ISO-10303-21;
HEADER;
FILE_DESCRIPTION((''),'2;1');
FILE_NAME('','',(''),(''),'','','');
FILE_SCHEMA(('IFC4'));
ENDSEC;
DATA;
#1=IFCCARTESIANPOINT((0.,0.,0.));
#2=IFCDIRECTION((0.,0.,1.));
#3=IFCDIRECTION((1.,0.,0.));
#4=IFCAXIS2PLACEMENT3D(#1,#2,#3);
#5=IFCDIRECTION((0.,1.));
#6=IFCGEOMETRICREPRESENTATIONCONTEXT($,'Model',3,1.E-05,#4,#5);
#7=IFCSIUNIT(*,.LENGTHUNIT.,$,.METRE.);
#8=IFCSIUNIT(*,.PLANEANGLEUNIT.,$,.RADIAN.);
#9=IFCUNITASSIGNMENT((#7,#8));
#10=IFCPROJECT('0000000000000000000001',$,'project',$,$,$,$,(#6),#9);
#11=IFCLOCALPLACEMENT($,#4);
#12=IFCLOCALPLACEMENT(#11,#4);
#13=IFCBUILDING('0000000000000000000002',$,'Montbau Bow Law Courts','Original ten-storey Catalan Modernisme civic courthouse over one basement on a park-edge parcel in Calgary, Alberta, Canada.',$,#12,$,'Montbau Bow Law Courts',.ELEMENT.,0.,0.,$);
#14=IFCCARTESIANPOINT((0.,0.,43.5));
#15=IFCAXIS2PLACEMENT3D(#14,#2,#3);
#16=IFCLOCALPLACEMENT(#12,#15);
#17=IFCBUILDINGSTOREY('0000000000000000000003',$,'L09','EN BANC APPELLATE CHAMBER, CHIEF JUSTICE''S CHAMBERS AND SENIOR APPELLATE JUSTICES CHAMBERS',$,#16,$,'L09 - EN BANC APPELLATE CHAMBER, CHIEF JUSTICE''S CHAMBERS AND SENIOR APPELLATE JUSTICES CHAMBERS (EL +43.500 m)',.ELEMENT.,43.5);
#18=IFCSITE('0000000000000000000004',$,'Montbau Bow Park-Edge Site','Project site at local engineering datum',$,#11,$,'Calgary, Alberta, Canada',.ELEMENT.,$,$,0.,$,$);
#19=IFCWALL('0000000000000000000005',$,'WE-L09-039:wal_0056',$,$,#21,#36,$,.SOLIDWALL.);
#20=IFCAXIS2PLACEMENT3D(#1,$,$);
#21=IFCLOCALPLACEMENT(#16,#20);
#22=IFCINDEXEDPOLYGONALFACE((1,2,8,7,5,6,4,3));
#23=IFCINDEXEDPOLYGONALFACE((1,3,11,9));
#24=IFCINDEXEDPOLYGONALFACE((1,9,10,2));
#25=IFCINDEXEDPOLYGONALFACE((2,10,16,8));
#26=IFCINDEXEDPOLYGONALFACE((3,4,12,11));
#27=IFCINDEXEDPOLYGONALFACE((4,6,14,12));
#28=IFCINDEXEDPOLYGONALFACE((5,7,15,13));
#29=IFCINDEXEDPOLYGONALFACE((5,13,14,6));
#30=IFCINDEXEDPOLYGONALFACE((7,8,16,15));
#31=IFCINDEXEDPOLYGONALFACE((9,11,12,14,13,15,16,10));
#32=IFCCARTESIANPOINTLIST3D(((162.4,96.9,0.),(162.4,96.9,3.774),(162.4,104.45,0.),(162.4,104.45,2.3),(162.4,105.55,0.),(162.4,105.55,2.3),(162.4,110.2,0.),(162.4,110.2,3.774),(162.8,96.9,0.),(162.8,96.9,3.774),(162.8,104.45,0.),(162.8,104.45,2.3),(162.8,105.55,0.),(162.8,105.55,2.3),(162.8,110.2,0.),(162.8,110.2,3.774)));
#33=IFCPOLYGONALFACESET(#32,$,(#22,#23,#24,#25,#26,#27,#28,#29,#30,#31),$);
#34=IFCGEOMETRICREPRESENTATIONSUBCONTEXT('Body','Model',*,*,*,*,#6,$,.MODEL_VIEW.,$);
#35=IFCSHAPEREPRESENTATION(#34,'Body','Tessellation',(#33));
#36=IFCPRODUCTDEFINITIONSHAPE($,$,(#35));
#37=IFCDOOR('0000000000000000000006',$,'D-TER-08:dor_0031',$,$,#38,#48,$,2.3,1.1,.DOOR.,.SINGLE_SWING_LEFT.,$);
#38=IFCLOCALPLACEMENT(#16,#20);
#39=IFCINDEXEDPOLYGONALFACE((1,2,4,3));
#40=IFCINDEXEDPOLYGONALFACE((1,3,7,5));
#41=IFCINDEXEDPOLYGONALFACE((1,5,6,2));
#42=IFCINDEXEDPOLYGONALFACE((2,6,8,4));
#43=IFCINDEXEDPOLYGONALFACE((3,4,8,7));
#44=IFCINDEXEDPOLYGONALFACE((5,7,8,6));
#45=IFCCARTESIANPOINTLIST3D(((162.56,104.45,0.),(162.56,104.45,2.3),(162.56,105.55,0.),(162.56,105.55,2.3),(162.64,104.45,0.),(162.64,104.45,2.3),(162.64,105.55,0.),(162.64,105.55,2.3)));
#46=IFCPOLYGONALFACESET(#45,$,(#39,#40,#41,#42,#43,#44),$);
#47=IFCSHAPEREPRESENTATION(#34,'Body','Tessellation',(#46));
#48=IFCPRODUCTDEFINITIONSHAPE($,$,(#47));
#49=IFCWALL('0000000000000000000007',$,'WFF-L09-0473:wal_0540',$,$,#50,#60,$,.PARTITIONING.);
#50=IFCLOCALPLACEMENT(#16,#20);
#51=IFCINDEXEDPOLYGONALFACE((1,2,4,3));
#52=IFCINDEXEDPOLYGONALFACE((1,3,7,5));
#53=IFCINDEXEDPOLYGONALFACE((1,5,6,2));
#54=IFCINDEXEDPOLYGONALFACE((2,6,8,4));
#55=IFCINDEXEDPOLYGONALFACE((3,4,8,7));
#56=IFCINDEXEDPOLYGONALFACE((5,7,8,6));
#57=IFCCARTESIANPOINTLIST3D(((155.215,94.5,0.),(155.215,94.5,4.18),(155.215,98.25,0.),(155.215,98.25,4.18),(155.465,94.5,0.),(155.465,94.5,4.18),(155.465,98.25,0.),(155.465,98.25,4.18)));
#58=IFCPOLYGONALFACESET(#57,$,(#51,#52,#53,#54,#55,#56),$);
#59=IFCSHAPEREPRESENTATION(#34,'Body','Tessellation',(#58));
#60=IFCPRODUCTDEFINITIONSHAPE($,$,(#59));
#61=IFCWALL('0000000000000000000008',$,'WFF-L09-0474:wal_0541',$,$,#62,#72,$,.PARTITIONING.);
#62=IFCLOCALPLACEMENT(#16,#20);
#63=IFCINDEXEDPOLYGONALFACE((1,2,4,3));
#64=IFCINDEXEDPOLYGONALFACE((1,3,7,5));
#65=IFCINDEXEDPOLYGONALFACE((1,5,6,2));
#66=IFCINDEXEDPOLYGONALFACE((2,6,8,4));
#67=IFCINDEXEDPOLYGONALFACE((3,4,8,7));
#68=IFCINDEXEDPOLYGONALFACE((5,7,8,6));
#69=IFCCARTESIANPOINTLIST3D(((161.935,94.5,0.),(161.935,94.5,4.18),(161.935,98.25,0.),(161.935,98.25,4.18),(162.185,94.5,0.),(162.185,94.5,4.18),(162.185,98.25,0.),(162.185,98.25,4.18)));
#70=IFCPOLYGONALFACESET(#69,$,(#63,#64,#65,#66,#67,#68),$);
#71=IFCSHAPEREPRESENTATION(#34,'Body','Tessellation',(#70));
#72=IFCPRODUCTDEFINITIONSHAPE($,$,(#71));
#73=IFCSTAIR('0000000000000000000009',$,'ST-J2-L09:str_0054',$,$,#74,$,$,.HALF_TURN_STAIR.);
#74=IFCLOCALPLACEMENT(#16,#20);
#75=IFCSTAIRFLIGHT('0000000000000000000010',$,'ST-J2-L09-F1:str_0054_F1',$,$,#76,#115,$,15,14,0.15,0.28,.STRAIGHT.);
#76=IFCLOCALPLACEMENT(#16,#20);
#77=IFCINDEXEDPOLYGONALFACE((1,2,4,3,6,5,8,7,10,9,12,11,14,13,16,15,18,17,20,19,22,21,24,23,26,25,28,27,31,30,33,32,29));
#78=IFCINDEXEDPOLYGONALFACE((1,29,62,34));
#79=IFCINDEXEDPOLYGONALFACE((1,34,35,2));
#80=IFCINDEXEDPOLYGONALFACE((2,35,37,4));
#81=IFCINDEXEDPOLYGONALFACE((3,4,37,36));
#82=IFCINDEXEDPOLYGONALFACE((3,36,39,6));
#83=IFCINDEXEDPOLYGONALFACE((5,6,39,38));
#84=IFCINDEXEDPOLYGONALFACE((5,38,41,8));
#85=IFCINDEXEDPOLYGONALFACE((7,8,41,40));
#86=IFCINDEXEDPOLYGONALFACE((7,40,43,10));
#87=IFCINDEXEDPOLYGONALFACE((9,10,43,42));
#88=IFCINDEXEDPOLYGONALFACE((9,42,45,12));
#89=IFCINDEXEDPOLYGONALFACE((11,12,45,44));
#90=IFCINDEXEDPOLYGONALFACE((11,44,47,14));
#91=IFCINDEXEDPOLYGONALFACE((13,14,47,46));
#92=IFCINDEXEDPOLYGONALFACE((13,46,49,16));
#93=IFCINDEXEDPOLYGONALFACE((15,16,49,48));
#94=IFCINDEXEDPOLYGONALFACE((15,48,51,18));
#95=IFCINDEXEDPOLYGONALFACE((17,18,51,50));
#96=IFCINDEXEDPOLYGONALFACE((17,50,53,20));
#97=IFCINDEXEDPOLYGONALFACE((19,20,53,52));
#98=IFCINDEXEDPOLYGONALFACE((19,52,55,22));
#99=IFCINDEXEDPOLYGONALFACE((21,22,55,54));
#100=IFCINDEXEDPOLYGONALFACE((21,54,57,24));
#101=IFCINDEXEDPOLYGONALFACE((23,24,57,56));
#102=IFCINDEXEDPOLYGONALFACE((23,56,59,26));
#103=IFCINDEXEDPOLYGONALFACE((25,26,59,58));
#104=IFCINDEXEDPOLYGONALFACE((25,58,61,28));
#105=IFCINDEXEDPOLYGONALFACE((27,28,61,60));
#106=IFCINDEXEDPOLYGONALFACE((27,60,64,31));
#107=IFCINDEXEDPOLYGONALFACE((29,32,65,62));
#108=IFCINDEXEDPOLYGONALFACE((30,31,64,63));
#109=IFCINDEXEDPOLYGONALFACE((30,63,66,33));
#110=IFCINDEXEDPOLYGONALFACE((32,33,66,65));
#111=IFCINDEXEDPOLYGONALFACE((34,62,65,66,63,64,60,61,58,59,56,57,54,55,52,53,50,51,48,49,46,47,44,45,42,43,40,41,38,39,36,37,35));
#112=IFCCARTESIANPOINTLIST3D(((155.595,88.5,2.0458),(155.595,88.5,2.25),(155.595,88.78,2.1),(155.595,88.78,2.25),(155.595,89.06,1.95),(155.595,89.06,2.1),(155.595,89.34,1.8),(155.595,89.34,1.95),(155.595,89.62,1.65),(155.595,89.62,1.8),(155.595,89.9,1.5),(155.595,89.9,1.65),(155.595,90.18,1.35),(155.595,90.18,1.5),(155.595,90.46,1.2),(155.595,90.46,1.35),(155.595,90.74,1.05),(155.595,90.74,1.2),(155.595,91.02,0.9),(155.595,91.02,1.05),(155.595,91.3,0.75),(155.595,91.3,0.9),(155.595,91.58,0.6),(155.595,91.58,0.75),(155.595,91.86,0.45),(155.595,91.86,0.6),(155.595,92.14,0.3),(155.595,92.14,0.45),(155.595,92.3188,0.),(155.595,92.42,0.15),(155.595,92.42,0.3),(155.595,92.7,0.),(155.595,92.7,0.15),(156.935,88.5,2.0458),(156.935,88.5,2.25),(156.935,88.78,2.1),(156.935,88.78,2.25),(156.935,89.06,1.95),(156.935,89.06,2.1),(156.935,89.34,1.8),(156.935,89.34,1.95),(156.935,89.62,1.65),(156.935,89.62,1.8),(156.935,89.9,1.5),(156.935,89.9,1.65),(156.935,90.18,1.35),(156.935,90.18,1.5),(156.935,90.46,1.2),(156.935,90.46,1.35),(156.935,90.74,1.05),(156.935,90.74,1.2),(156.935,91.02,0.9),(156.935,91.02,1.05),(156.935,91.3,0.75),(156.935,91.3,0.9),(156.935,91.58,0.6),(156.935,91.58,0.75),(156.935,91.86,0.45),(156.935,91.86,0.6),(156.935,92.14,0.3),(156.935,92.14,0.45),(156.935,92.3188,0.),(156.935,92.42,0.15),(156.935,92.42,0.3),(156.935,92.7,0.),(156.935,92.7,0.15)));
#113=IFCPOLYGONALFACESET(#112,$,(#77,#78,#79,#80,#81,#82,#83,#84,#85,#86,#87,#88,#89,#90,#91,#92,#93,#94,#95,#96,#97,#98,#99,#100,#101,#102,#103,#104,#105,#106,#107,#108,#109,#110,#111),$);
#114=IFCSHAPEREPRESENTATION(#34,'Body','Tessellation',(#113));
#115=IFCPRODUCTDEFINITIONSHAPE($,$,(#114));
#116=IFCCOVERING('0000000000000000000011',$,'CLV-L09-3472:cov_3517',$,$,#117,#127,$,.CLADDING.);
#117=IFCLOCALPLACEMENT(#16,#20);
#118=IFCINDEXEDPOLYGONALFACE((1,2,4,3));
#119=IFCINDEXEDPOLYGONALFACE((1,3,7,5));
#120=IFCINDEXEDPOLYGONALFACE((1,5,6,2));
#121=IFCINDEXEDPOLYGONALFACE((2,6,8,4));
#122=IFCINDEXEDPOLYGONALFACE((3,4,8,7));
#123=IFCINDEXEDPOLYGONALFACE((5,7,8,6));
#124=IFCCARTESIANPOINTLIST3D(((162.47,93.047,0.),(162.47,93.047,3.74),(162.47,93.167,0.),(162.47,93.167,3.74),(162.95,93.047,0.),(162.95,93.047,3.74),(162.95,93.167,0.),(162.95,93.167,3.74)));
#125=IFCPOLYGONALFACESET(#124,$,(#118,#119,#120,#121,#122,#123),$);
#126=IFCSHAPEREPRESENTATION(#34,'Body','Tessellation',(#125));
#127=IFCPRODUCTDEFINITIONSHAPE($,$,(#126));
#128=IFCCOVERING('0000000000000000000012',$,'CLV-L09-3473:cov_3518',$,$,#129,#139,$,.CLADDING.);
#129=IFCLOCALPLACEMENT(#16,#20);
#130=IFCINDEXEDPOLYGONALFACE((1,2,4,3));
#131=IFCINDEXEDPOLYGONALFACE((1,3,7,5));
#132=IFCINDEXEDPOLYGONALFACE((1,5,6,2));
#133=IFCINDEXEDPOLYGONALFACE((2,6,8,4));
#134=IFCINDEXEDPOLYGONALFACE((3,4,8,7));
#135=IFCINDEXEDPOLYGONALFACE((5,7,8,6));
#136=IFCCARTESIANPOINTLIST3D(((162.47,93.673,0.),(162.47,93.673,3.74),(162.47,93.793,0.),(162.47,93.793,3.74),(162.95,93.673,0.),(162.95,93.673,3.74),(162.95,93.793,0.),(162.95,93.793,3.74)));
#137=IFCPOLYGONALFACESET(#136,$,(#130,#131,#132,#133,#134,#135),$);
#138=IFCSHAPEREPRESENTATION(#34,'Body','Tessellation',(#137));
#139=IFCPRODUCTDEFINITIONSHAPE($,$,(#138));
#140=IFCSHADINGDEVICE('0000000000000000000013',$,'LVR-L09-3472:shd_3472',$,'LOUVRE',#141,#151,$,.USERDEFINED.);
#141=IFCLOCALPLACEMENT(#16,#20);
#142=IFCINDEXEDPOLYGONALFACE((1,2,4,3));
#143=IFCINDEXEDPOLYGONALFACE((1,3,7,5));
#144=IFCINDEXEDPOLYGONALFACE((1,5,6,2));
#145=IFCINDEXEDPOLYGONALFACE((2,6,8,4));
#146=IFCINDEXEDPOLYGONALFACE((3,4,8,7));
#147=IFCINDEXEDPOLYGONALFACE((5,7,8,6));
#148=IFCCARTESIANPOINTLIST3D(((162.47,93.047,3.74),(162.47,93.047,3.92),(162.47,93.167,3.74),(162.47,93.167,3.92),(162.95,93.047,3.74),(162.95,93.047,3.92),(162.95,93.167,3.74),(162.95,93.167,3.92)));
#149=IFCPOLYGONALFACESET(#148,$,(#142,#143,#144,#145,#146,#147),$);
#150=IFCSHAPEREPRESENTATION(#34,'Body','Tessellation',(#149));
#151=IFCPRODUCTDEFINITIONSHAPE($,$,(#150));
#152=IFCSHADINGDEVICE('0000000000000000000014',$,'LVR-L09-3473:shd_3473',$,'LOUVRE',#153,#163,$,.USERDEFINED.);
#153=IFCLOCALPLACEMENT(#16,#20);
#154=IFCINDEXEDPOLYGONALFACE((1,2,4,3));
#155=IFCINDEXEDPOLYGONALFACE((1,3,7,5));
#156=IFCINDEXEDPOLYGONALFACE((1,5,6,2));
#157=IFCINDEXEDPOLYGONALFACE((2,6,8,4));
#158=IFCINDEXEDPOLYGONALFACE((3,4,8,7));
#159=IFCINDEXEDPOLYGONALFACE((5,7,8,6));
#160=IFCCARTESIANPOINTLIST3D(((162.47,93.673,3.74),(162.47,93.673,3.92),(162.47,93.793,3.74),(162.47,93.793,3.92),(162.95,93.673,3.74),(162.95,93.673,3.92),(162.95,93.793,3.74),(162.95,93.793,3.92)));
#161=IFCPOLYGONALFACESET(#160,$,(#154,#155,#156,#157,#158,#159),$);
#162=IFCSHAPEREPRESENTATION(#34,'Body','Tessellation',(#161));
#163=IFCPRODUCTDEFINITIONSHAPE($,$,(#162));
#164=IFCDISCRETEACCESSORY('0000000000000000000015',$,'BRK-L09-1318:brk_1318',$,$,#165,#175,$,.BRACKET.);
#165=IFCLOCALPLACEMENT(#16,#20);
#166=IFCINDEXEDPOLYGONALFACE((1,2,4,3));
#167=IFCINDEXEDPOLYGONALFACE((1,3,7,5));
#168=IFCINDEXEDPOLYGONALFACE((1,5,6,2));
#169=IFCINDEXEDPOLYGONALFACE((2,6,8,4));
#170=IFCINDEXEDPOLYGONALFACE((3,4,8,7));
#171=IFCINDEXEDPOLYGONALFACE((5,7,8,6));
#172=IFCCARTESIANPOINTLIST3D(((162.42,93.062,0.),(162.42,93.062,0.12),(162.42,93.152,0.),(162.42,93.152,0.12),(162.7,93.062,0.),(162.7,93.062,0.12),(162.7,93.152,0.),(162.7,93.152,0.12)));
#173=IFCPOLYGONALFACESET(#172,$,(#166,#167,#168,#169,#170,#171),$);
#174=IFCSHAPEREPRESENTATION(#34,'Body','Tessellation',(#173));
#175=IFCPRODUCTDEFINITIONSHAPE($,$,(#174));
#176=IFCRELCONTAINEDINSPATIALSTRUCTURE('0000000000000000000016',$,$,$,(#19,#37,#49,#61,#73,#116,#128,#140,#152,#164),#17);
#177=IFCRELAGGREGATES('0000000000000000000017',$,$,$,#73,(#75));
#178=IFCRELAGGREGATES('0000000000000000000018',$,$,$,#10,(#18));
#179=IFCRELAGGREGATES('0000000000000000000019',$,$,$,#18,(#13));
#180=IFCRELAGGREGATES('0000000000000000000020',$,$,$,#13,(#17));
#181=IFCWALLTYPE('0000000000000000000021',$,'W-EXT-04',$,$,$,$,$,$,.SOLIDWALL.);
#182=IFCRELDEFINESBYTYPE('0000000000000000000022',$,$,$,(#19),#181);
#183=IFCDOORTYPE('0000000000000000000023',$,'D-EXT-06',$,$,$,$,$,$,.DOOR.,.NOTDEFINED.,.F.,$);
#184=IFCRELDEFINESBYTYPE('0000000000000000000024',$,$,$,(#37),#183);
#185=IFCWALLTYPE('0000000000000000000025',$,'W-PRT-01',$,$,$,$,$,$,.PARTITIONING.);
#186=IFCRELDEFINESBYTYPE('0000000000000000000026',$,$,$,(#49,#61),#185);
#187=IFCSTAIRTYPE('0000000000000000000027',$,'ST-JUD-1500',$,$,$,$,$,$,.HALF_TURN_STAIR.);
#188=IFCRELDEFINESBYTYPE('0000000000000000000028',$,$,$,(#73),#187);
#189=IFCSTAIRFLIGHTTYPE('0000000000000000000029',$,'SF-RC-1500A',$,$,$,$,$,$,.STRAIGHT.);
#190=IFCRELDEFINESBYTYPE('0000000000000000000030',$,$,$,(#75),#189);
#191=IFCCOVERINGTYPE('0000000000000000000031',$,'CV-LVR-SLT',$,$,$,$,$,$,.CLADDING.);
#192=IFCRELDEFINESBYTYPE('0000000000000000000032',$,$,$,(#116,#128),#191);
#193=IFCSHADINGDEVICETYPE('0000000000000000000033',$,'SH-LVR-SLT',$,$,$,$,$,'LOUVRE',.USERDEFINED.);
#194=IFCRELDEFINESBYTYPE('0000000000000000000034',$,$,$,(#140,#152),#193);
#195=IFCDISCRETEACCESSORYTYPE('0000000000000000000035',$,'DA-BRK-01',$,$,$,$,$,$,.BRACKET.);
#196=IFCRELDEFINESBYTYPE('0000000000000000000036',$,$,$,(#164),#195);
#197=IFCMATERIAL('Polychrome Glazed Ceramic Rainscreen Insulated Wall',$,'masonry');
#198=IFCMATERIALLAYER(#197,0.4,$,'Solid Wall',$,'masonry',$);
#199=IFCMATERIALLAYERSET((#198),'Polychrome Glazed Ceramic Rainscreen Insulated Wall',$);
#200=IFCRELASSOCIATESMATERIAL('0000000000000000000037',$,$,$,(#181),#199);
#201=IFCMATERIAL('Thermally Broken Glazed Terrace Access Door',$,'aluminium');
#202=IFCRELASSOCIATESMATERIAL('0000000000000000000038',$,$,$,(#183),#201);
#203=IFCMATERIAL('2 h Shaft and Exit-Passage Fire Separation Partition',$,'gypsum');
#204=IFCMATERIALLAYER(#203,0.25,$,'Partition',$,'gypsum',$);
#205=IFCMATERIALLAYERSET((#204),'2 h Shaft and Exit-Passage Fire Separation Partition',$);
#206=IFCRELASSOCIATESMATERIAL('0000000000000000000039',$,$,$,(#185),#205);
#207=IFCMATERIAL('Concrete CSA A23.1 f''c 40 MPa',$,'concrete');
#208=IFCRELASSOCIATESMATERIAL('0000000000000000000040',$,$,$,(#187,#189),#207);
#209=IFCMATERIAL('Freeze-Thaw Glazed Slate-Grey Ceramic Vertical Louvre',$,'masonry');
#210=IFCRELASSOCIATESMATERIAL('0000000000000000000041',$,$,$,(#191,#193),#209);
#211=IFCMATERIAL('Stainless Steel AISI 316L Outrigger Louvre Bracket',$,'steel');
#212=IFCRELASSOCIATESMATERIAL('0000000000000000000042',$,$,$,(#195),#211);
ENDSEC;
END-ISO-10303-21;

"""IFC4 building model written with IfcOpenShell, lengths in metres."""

from ifc_helpers import new_model, si_unit, direction, frame, frame_2d, origin_with_axes, origin_2d_with_axis, place, context, subcontext, project, spatial, polyline, rectangle, outline, extrude, material, layer, layer_set, type_object, element, fill, aggregate, save


model = new_model("IFC4")

# Units and contexts
model_context = context("Model", 3, precision=1e-05, world=origin_with_axes(), true_north=direction((0.0, 1.0)))
body_context = subcontext(model_context, "Body", "Model", "MODEL_VIEW")
ifc_project = project(units=[si_unit("LENGTHUNIT", "METRE"), si_unit("PLANEANGLEUNIT", "RADIAN")], contexts=[model_context])

# Site, building, storey
site_placement = place(None, origin_with_axes())
site = spatial("IfcSite", under=ifc_project, at=site_placement, Name="Montbau Bow Park-Edge Site", Description="Project site at local engineering datum", LongName="Calgary, Alberta, Canada", CompositionType="ELEMENT", RefElevation=0.0)
building_placement = place(site_placement, origin_with_axes())
building = spatial("IfcBuilding", under=site, at=building_placement, Name="Montbau Bow Law Courts", Description="Original ten-storey Catalan Modernisme civic courthouse over one basement on a park-edge parcel in Calgary, Alberta, Canada.", LongName="Montbau Bow Law Courts", CompositionType="ELEMENT", ElevationOfRefHeight=0.0, ElevationOfTerrain=0.0)
storey_placement = place(building_placement, frame((0.0, 0.0, 43.5), z_axis=(0.0, 0.0, 1.0), x_axis=(1.0, 0.0, 0.0)))
storey = spatial("IfcBuildingStorey", under=building, at=storey_placement, Name="L09", Description="EN BANC APPELLATE CHAMBER, CHIEF JUSTICE'S CHAMBERS AND SENIOR APPELLATE JUSTICES CHAMBERS", LongName="L09 - EN BANC APPELLATE CHAMBER, CHIEF JUSTICE'S CHAMBERS AND SENIOR APPELLATE JUSTICES CHAMBERS (EL +43.500 m)", CompositionType="ELEMENT", Elevation=43.5)

# Shared definitions
ifc_material_1 = material(Name="Concrete CSA A23.1 f'c 40 MPa", Category="concrete")

# Wall, opening, door
ifc_material_2 = material(Name="Polychrome Glazed Ceramic Rainscreen Insulated Wall", Category="masonry")
ifc_layer_1 = layer(ifc_material_2, 0.4, Name="Solid Wall", Category="masonry")
ifc_layer_set_1 = layer_set([ifc_layer_1], Name="Polychrome Glazed Ceramic Rainscreen Insulated Wall")
wall_type_1 = type_object("IfcWallType", Name="W-EXT-04", PredefinedType="SOLIDWALL", material=ifc_layer_set_1)
wall_1_placement = place(None, frame((162.6, 96.9, 43.5), z_axis=(0.0, 0.0, 1.0), x_axis=(0.0, 1.0, 0.0)))
wall_1 = element("IfcWall", 1, at=wall_1_placement, inside=storey, type_object=wall_type_1, Name="WE-L09-039:wal_0056", PredefinedType="SOLIDWALL", context=body_context, shape_type="SweptSolid", body=[
    extrude(rectangle(XDim=13.3, YDim=0.4, at=frame_2d((6.65, 0.0), x_axis=(1.0, 0.0))), origin_with_axes(), (0.0, 0.0, 1.0), 3.774),
])
opening_1_placement = place(None, frame((162.6, 105.0, 43.5), z_axis=(0.0, 0.0, 1.0), x_axis=(0.0, 1.0, 0.0)))
opening_1 = element("IfcOpeningElement", 2, at=opening_1_placement, cuts=wall_1, PredefinedType="OPENING", context=body_context, shape_type="SweptSolid", body=[
    extrude(rectangle(XDim=1.1, YDim=2.3, at=frame_2d((0.0, 1.15), x_axis=(1.0, 0.0))), frame((0.0, 0.21, 0.0), z_axis=(0.0, -1.0, 0.0), x_axis=(1.0, 0.0, 0.0)), (0.0, 0.0, 1.0), 0.42),
])
ifc_material_3 = material(Name="Thermally Broken Glazed Terrace Access Door", Category="aluminium")
door_type_1 = type_object("IfcDoorType", Name="D-EXT-06", OperationType="NOTDEFINED", ParameterTakesPrecedence=False, PredefinedType="DOOR", material=ifc_material_3)
door_1_placement = place(None, frame((162.6, 105.0, 43.5), z_axis=(0.0, 0.0, 1.0), x_axis=(0.0, 1.0, 0.0)))
door_1 = element("IfcDoor", 3, at=door_1_placement, inside=storey, type_object=door_type_1, Name="D-TER-08:dor_0031", OperationType="SINGLE_SWING_LEFT", OverallHeight=2.3, OverallWidth=1.1, PredefinedType="DOOR", context=body_context, shape_type="SweptSolid", body=[
    extrude(rectangle(XDim=1.1, YDim=2.3, at=frame_2d((0.0, 1.15), x_axis=(1.0, 0.0))), frame((0.0, 0.04, 0.0), z_axis=(0.0, -1.0, 0.0), x_axis=(1.0, 0.0, 0.0)), (0.0, 0.0, 1.0), 0.08),
])
fill(opening_1, door_1)

# Walls
ifc_material_4 = material(Name="2 h Shaft and Exit-Passage Fire Separation Partition", Category="gypsum")
ifc_layer_2 = layer(ifc_material_4, 0.25, Name="Partition", Category="gypsum")
ifc_layer_set_2 = layer_set([ifc_layer_2], Name="2 h Shaft and Exit-Passage Fire Separation Partition")
wall_type_2 = type_object("IfcWallType", Name="W-PRT-01", PredefinedType="PARTITIONING", material=ifc_layer_set_2)
for number, where, z_axis, x_axis, name in (
    (4, (155.34, 94.5, 43.5), (0.0, 0.0, 1.0), (0.0, 1.0, 0.0), "WFF-L09-0473:wal_0540"),
    (5, (162.06, 94.5, 43.5), (0.0, 0.0, 1.0), (0.0, 1.0, 0.0), "WFF-L09-0474:wal_0541"),
):
    element("IfcWall", number, at=place(None, frame(where, z_axis=z_axis, x_axis=x_axis)), inside=storey, type_object=wall_type_2, Name=name, PredefinedType="PARTITIONING", context=body_context, shape_type="SweptSolid", body=[
        extrude(rectangle(XDim=3.75, YDim=0.25, at=frame_2d((1.875, 0.0), x_axis=(1.0, 0.0))), origin_with_axes(), (0.0, 0.0, 1.0), 4.18),
    ])

# Stair, stair flight
stair_type = type_object("IfcStairType", Name="ST-JUD-1500", PredefinedType="HALF_TURN_STAIR", material=ifc_material_1)
stair_placement = place(None, frame((156.265, 92.7, 43.5), z_axis=(0.0, 0.0, 1.0), x_axis=(1.0, 0.0, 0.0)))
stair = element("IfcStair", 6, at=stair_placement, inside=storey, type_object=stair_type, Name="ST-J2-L09:str_0054", PredefinedType="HALF_TURN_STAIR")
stair_flight_type = type_object("IfcStairFlightType", Name="SF-RC-1500A", PredefinedType="STRAIGHT", material=ifc_material_1)
stair_flight_placement = place(None, frame((156.265, 92.7, 43.5), z_axis=(0.0, 0.0, 1.0), x_axis=(0.0, -1.0, 0.0)))
stair_flight = element("IfcStairFlight", 7, at=stair_flight_placement, type_object=stair_flight_type, Name="ST-J2-L09-F1:str_0054_F1", NumberOfRisers=15, NumberOfTreads=14, PredefinedType="STRAIGHT", RiserHeight=0.15, TreadLength=0.28, context=body_context, shape_type="SweptSolid", body=[
    extrude(outline(polyline([(0.0, 0.0), (0.0, 0.15), (0.28, 0.15), (0.28, 0.3), (0.56, 0.3), (0.56, 0.45), (0.84, 0.45), (0.84, 0.6), (1.12, 0.6), (1.12, 0.75), (1.4, 0.75), (1.4, 0.9), (1.68, 0.9), (1.68, 1.05), (1.96, 1.05), (1.96, 1.2), (2.24, 1.2), (2.24, 1.35), (2.52, 1.35), (2.52, 1.5), (2.8, 1.5), (2.8, 1.65), (3.08, 1.65), (3.08, 1.8), (3.36, 1.8), (3.36, 1.95), (3.64, 1.95), (3.64, 2.1), (3.92, 2.1), (3.92, 2.25), (4.2, 2.25), (4.2, 2.0458), (0.3812, 0.0), (0.0, 0.0)])), frame((0.0, 0.67, 0.0), z_axis=(0.0, -1.0, 0.0), x_axis=(1.0, 0.0, 0.0)), (0.0, 0.0, 1.0), 1.34),
])
aggregate(stair, [stair_flight])

# Coverings
ifc_material_5 = material(Name="Freeze-Thaw Glazed Slate-Grey Ceramic Vertical Louvre", Category="masonry")
covering_type = type_object("IfcCoveringType", Name="CV-LVR-SLT", PredefinedType="CLADDING", material=ifc_material_5)
for number, where, z_axis, x_axis, name in (
    (8, (162.47, 93.107, 43.5), (0.0, -1.0, 0.0), (1.0, 0.0, 0.0), "CLV-L09-3472:cov_3517"),
    (9, (162.47, 93.733, 43.5), (0.0, -1.0, 0.0), (1.0, 0.0, 0.0), "CLV-L09-3473:cov_3518"),
):
    element("IfcCovering", number, at=place(None, frame(where, z_axis=z_axis, x_axis=x_axis)), inside=storey, type_object=covering_type, Name=name, PredefinedType="CLADDING", context=body_context, shape_type="SweptSolid", body=[
        extrude(rectangle(XDim=0.48, YDim=3.74, at=frame_2d((0.24, 1.87), x_axis=(1.0, 0.0))), frame((0.0, 0.0, -0.06), z_axis=(0.0, 0.0, 1.0), x_axis=(1.0, 0.0, 0.0)), (0.0, 0.0, 1.0), 0.12),
    ])

# Shading devices
shading_device_type = type_object("IfcShadingDeviceType", Name="SH-LVR-SLT", ElementType="LOUVRE", PredefinedType="USERDEFINED", material=ifc_material_5)
for number, where, z_axis, x_axis, name in (
    (10, (162.71, 93.107, 47.24), (0.0, 0.0, 1.0), (1.0, 0.0, 0.0), "LVR-L09-3472:shd_3472"),
    (11, (162.71, 93.733, 47.24), (0.0, 0.0, 1.0), (1.0, 0.0, 0.0), "LVR-L09-3473:shd_3473"),
):
    element("IfcShadingDevice", number, at=place(None, frame(where, z_axis=z_axis, x_axis=x_axis)), inside=storey, type_object=shading_device_type, Name=name, ObjectType="LOUVRE", PredefinedType="USERDEFINED", context=body_context, shape_type="SweptSolid", body=[
        extrude(rectangle(XDim=0.48, YDim=0.12, at=origin_2d_with_axis()), origin_with_axes(), (0.0, 0.0, 1.0), 0.18),
    ])

# Discrete accessory
ifc_material_6 = material(Name="Stainless Steel AISI 316L Outrigger Louvre Bracket", Category="steel")
discrete_accessory_type = type_object("IfcDiscreteAccessoryType", Name="DA-BRK-01", PredefinedType="BRACKET", material=ifc_material_6)
discrete_accessory_placement = place(None, frame((162.56, 93.107, 43.5), z_axis=(0.0, 0.0, 1.0), x_axis=(1.0, 0.0, 0.0)))
element("IfcDiscreteAccessory", 12, at=discrete_accessory_placement, inside=storey, type_object=discrete_accessory_type, Name="BRK-L09-1318:brk_1318", PredefinedType="BRACKET", context=body_context, shape_type="SweptSolid", body=[
    extrude(rectangle(XDim=0.28, YDim=0.09, at=origin_2d_with_axis()), origin_with_axes(), (0.0, 0.0, 1.0), 0.12),
])

save(model, "model.ifc")
